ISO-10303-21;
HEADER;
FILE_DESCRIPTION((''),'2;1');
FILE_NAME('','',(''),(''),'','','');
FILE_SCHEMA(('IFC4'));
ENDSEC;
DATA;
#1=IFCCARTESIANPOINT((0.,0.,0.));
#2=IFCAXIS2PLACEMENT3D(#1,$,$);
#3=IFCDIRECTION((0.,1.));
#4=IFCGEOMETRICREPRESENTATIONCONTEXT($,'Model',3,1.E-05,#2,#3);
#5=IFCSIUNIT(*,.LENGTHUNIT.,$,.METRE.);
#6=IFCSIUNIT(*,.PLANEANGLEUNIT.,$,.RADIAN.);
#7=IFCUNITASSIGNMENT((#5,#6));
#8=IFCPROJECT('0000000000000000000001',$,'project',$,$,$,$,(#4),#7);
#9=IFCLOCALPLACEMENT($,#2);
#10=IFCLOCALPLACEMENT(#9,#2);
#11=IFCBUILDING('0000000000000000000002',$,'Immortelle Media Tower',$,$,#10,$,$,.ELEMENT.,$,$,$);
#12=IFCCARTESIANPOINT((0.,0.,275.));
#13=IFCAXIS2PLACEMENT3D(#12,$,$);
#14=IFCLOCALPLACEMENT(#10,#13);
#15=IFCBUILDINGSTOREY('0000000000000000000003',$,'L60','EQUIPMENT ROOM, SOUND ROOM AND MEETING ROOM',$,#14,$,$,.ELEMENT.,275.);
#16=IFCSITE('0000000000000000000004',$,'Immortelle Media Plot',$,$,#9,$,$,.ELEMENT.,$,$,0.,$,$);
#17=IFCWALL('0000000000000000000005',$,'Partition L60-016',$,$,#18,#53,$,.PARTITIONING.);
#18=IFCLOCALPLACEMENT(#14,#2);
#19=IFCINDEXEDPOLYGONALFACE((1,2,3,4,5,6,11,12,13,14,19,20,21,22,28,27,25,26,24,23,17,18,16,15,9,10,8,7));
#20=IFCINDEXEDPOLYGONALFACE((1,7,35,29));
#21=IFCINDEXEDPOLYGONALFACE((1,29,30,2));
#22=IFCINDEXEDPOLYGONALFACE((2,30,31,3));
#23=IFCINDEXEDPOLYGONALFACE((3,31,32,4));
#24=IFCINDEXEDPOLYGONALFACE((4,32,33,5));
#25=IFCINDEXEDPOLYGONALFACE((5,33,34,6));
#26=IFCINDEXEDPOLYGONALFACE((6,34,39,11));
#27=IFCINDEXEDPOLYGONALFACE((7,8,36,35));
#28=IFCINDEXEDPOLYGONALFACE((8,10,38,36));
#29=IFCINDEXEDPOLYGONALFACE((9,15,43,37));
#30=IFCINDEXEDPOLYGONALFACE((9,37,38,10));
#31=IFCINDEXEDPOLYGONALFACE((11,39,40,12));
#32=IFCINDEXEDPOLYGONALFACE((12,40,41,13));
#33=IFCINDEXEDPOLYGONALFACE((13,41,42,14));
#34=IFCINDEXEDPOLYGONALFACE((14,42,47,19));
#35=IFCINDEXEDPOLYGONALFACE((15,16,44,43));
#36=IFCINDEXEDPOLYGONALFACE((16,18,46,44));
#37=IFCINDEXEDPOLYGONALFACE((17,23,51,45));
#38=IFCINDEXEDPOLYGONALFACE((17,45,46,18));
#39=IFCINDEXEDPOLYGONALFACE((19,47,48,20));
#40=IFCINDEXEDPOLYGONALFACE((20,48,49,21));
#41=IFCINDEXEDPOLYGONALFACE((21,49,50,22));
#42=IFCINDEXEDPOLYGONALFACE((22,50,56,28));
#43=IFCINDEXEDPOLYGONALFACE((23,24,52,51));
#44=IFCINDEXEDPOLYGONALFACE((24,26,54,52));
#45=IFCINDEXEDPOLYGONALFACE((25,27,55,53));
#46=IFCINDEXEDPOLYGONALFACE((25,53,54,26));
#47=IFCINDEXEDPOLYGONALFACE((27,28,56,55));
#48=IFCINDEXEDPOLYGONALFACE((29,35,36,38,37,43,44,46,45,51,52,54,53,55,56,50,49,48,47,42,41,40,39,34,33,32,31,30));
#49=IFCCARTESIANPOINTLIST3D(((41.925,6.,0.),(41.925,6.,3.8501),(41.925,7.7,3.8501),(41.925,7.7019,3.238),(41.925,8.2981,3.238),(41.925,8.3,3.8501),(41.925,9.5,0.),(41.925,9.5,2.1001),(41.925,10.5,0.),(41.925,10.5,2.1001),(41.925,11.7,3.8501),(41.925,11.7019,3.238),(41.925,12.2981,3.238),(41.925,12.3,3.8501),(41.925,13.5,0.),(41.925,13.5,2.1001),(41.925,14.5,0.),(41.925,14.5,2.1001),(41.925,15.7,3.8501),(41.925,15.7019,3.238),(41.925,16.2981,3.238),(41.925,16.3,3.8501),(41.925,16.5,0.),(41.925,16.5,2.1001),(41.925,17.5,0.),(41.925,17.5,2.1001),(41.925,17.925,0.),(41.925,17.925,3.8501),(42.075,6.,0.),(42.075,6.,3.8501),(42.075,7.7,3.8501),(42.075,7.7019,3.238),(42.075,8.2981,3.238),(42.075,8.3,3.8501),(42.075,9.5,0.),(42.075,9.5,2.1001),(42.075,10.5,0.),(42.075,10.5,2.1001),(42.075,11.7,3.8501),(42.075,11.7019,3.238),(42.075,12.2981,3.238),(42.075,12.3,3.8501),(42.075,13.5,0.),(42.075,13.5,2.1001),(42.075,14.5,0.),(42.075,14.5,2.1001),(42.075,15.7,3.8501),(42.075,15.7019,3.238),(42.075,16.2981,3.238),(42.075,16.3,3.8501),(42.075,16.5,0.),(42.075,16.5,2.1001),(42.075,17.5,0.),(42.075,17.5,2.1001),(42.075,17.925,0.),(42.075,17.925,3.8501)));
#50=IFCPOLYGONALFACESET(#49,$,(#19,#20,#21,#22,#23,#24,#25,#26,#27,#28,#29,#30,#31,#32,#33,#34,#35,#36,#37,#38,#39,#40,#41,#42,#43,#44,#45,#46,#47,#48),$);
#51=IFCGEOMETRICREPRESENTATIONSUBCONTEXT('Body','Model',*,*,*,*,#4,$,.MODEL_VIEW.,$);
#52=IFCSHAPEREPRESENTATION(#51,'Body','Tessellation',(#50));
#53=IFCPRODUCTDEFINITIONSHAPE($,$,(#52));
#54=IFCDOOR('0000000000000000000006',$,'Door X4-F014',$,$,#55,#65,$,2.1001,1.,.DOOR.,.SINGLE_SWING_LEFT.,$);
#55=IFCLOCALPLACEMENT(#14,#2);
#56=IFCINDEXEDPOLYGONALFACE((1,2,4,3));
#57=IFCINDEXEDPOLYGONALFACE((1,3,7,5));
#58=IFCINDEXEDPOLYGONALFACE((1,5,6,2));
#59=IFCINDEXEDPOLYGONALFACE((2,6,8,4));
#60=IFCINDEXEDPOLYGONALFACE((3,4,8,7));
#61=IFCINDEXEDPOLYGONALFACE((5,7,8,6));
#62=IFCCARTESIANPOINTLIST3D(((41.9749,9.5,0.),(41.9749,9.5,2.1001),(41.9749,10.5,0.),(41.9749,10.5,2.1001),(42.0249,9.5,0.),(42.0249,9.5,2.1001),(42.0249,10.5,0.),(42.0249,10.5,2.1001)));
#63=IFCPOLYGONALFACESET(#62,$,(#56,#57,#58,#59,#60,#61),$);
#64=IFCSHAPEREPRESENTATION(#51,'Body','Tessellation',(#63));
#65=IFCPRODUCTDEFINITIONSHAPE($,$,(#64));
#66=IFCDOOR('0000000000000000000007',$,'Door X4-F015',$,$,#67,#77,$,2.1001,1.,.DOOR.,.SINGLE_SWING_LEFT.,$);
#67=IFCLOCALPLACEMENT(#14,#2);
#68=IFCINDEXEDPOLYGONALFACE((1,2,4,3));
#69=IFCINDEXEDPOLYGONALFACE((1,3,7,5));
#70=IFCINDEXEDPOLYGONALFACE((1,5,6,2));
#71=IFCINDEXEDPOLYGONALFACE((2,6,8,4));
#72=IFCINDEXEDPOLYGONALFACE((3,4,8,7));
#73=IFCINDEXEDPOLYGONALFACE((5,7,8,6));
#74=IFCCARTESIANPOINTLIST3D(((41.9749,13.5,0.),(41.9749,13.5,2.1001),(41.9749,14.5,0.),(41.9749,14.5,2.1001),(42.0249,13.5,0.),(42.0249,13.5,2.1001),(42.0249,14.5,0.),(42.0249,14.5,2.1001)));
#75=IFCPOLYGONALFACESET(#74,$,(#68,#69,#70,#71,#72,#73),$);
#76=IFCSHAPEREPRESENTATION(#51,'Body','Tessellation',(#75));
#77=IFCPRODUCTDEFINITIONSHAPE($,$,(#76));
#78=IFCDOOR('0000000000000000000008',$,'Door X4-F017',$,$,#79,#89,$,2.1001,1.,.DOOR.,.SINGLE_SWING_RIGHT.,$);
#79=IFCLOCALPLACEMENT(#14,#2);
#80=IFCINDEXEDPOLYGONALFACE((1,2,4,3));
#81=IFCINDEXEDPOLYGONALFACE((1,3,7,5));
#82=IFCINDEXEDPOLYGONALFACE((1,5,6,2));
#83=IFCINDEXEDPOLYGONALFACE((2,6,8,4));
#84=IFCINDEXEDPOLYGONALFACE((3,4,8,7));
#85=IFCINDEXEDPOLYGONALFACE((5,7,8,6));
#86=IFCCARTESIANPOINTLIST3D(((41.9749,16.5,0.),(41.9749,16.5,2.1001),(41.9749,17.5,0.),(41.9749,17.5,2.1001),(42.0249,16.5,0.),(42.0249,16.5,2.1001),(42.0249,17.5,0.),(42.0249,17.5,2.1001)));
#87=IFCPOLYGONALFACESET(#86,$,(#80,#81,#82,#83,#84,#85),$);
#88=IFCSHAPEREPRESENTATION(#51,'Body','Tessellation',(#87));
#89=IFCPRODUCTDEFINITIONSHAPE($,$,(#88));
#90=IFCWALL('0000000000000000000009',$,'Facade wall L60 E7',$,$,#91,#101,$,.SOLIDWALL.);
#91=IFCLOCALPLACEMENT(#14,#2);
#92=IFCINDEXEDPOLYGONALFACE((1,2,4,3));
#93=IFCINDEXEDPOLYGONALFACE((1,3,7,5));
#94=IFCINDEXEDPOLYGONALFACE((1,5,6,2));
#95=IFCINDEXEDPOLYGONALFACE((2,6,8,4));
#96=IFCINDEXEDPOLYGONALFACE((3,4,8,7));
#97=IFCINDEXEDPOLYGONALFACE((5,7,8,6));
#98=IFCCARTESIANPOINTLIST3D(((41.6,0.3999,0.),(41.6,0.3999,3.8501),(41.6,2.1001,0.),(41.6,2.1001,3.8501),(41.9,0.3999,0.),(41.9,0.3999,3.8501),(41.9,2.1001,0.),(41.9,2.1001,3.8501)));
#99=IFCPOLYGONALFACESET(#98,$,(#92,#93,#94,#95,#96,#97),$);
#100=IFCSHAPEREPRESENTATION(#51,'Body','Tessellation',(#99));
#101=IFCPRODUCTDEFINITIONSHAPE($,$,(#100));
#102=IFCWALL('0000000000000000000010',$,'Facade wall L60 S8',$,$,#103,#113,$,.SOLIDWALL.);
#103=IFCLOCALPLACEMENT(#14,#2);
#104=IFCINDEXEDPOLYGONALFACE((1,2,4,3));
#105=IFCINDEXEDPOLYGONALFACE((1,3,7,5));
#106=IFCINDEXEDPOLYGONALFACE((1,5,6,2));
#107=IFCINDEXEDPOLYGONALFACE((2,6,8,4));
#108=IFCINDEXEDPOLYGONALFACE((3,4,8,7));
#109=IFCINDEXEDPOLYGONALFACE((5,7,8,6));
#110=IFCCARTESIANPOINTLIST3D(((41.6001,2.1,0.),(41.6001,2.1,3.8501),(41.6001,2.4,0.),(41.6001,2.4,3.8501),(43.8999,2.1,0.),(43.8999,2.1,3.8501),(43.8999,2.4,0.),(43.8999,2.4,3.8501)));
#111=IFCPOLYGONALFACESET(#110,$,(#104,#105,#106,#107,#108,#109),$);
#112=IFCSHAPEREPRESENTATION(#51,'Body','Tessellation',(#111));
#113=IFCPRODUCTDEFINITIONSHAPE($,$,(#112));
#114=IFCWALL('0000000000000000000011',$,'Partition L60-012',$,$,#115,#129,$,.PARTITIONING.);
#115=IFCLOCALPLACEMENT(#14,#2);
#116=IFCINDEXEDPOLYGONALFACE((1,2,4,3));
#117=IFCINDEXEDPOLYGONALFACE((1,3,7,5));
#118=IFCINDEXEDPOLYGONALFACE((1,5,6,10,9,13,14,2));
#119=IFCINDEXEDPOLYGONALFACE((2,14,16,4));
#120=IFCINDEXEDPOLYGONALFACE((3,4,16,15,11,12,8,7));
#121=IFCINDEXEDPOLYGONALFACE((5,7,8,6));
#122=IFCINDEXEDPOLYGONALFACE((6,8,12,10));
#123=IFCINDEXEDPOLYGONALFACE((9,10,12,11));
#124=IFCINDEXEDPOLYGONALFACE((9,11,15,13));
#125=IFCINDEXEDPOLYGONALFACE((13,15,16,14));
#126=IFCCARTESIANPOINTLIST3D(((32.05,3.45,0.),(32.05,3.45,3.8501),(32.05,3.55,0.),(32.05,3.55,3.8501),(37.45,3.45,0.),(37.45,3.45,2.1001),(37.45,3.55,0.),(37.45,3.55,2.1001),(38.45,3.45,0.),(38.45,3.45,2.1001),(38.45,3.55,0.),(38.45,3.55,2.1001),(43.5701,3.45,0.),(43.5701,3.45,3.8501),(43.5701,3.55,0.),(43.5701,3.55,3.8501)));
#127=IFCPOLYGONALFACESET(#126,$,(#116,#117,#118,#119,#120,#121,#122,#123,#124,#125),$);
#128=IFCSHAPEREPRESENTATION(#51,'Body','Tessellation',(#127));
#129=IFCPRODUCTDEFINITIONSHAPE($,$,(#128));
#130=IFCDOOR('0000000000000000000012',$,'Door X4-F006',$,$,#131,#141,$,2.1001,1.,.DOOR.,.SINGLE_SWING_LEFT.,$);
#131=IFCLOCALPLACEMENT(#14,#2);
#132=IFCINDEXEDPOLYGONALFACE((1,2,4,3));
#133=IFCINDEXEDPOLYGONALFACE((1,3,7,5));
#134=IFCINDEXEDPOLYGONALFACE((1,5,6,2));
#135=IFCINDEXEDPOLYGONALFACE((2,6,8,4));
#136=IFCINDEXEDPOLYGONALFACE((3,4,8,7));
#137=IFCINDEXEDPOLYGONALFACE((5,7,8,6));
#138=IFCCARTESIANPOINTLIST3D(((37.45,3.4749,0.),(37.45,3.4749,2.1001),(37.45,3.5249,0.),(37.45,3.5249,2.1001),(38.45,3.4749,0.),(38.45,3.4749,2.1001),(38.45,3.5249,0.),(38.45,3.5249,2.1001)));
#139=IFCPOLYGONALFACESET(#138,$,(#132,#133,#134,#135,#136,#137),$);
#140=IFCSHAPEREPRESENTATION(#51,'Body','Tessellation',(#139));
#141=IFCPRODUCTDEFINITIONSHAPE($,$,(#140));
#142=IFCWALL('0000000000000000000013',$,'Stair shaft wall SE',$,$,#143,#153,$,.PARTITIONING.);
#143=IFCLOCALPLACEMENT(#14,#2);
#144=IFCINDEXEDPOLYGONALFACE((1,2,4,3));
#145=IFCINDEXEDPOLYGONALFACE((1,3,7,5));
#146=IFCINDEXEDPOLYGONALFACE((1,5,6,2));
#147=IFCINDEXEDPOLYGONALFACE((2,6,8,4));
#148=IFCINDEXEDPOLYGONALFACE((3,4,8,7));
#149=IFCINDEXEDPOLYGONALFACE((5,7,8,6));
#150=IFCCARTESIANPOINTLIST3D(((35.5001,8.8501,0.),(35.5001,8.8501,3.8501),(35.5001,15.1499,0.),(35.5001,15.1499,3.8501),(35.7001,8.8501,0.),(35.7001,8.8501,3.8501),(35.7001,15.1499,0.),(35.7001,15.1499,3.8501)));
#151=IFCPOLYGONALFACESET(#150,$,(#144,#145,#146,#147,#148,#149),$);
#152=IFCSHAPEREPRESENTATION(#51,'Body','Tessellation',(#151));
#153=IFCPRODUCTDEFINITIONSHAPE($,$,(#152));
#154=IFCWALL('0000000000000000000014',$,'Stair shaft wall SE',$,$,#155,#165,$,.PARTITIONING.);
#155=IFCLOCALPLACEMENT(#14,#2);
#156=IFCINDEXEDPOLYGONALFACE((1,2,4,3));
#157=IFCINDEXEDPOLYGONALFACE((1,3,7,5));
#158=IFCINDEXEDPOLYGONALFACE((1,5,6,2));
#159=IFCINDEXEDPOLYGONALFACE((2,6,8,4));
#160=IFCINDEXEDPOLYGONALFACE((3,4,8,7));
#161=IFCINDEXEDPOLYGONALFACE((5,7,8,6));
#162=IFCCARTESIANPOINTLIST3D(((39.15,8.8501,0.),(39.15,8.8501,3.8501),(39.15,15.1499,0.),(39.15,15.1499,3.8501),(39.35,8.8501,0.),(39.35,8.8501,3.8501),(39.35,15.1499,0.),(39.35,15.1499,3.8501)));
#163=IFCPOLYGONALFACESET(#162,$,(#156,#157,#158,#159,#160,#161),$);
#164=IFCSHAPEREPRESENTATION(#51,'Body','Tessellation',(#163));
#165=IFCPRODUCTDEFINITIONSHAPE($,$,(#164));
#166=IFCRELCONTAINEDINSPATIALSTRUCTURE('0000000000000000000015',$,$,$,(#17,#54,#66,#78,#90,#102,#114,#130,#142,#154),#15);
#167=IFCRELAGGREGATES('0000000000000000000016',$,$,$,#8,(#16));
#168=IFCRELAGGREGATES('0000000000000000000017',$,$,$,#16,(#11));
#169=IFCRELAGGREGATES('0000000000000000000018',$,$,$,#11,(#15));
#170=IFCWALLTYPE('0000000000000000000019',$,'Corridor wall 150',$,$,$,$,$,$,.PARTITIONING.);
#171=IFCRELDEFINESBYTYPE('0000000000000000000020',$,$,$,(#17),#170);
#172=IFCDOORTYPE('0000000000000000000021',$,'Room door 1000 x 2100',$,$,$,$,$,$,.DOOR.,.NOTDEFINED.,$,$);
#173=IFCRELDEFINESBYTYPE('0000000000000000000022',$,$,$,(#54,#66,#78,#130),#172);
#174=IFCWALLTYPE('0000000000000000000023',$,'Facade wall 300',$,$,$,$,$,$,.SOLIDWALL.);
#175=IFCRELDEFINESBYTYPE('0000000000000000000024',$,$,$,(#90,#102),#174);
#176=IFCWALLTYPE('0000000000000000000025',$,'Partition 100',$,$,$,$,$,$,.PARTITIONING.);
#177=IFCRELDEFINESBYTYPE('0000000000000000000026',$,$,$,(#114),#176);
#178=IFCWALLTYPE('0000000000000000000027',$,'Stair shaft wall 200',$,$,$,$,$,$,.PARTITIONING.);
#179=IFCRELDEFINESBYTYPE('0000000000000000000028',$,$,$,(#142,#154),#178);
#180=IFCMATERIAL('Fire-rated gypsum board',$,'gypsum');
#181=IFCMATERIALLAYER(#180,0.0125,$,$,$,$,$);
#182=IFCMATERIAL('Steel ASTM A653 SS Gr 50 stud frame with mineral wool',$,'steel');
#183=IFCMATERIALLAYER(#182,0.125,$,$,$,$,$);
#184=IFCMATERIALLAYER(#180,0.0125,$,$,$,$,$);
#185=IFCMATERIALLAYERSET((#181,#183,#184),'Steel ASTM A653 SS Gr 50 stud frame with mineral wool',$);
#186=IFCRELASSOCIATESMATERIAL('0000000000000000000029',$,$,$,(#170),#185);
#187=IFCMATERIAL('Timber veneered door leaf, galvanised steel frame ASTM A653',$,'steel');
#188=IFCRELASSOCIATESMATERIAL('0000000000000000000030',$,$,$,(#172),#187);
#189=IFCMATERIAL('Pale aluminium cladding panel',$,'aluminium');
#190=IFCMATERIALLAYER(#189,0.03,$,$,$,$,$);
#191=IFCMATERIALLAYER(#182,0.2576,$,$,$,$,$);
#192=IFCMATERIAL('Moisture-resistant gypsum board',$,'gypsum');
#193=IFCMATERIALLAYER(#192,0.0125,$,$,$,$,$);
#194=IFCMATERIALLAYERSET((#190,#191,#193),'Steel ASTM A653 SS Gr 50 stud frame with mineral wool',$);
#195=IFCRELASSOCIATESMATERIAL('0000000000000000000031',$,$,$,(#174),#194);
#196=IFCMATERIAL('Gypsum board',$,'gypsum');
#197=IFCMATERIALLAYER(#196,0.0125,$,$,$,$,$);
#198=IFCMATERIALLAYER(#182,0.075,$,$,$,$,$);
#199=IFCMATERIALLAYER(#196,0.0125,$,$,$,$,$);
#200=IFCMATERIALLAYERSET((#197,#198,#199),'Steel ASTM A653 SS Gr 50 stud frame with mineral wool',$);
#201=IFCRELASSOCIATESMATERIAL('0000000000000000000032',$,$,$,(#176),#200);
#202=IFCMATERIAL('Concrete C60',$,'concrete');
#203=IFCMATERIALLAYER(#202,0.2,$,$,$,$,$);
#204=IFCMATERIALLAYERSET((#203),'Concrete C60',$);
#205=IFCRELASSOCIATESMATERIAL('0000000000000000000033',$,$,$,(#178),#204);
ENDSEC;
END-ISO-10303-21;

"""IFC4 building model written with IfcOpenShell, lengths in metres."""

from ifc_helpers import new_model, si_unit, direction, frame, frame_2d, origin, place, context, subcontext, project, spatial, polyline, rectangle, outline, extrude, material, layer, layer_set, type_object, element, fill, save


model = new_model("IFC4")

# Units and contexts
model_context = context("Model", 3, precision=1e-05, world=origin(), true_north=direction((0.0, 1.0)))
body_context = subcontext(model_context, "Body", "Model", "MODEL_VIEW")
ifc_project = project(units=[si_unit("LENGTHUNIT", "METRE"), si_unit("PLANEANGLEUNIT", "RADIAN")], contexts=[model_context])

# Site, building, storey
site_placement = place(None, origin())
site = spatial("IfcSite", under=ifc_project, at=site_placement, Name="Immortelle Media Plot", CompositionType="ELEMENT", RefElevation=0.0)
building_placement = place(site_placement, origin())
building = spatial("IfcBuilding", under=site, at=building_placement, Name="Immortelle Media Tower", CompositionType="ELEMENT")
storey_placement = place(building_placement, frame((0.0, 0.0, 275.0)))
storey = spatial("IfcBuildingStorey", under=building, at=storey_placement, Name="L60", Description="EQUIPMENT ROOM, SOUND ROOM AND MEETING ROOM", CompositionType="ELEMENT", Elevation=275.0)

# Wall, openings, doors
ifc_material_1 = material(Name="Fire-rated gypsum board", Category="gypsum")
ifc_layer_1 = layer(ifc_material_1, 0.0125)
ifc_material_2 = material(Name="Steel ASTM A653 SS Gr 50 stud frame with mineral wool", Category="steel")
ifc_layer_2 = layer(ifc_material_2, 0.125)
ifc_layer_3 = layer(ifc_material_1, 0.0125)
ifc_layer_set_1 = layer_set([ifc_layer_1, ifc_layer_2, ifc_layer_3], Name="Steel ASTM A653 SS Gr 50 stud frame with mineral wool")
wall_type_1 = type_object("IfcWallType", Name="Corridor wall 150", PredefinedType="PARTITIONING", material=ifc_layer_set_1)
wall_1_placement = place(storey_placement, frame((42.0, 6.0, 0.0), z_axis=(0.0, 0.0, 1.0), x_axis=(0.0, 1.0, 0.0)))
wall_1 = element("IfcWall", 1, at=wall_1_placement, inside=storey, type_object=wall_type_1, Name="Partition L60-016", PredefinedType="PARTITIONING", context=body_context, shape_type="SweptSolid", body=[
    extrude(outline(polyline([(0.0, 0.0), (11.925, 0.0), (11.925, 3.8501), (10.3, 3.8501), (10.2981, 3.238), (9.7019, 3.238), (9.7, 3.8501), (6.3, 3.8501), (6.2981, 3.238), (5.7019, 3.238), (5.7, 3.8501), (2.3, 3.8501), (2.2981, 3.238), (1.7019, 3.238), (1.7, 3.8501), (0.0, 3.8501), (0.0, 0.0)])), frame((0.0, 0.075, 0.0), z_axis=(0.0, -1.0, 0.0), x_axis=(1.0, 0.0, 0.0)), (0.0, 0.0, 1.0), 0.1499),
])
opening_1_placement = place(wall_1_placement, frame((4.5, 0.0, 0.0), z_axis=(0.0, 0.0, 1.0), x_axis=(-1.0, 0.0, 0.0)))
opening_1 = element("IfcOpeningElement", 2, at=opening_1_placement, cuts=wall_1, PredefinedType="OPENING", context=body_context, shape_type="SweptSolid", body=[
    extrude(rectangle(XDim=1.0, YDim=2.1001, at=frame_2d((0.5, 1.05))), frame((0.0, 0.085, 0.0), z_axis=(0.0, -1.0, 0.0), x_axis=(1.0, 0.0, 0.0)), (0.0, 0.0, 1.0), 0.1699),
])
opening_2_placement = place(wall_1_placement, frame((8.5, 0.0, 0.0), z_axis=(0.0, 0.0, 1.0), x_axis=(-1.0, 0.0, 0.0)))
opening_2 = element("IfcOpeningElement", 3, at=opening_2_placement, cuts=wall_1, PredefinedType="OPENING", context=body_context, shape_type="SweptSolid", body=[
    extrude(rectangle(XDim=1.0, YDim=2.1001, at=frame_2d((0.5, 1.05))), frame((0.0, 0.085, 0.0), z_axis=(0.0, -1.0, 0.0), x_axis=(1.0, 0.0, 0.0)), (0.0, 0.0, 1.0), 0.1699),
])
opening_3_placement = place(wall_1_placement, frame((11.5, 0.0, 0.0), z_axis=(0.0, 0.0, 1.0), x_axis=(-1.0, 0.0, 0.0)))
opening_3 = element("IfcOpeningElement", 4, at=opening_3_placement, cuts=wall_1, PredefinedType="OPENING", context=body_context, shape_type="SweptSolid", body=[
    extrude(rectangle(XDim=1.0, YDim=2.1001, at=frame_2d((0.5, 1.05))), frame((0.0, 0.085, 0.0), z_axis=(0.0, -1.0, 0.0), x_axis=(1.0, 0.0, 0.0)), (0.0, 0.0, 1.0), 0.1699),
])
ifc_material_3 = material(Name="Timber veneered door leaf, galvanised steel frame ASTM A653", Category="steel")
door_type = type_object("IfcDoorType", Name="Room door 1000 x 2100", OperationType="NOTDEFINED", PredefinedType="DOOR", material=ifc_material_3)
door_1_placement = place(opening_1_placement, origin())
door_1 = element("IfcDoor", 5, at=door_1_placement, inside=storey, type_object=door_type, Name="Door X4-F014", OperationType="SINGLE_SWING_LEFT", OverallHeight=2.1001, OverallWidth=1.0, PredefinedType="DOOR", context=body_context, shape_type="SweptSolid", body=[
    extrude(rectangle(XDim=1.0, YDim=2.1001, at=frame_2d((0.5, 1.05))), frame((0.0, 0.0249, 0.0), z_axis=(0.0, -1.0, 0.0), x_axis=(1.0, 0.0, 0.0)), (0.0, 0.0, 1.0), 0.05),
])
fill(opening_1, door_1)
door_2_placement = place(opening_2_placement, origin())
door_2 = element("IfcDoor", 6, at=door_2_placement, inside=storey, type_object=door_type, Name="Door X4-F015", OperationType="SINGLE_SWING_LEFT", OverallHeight=2.1001, OverallWidth=1.0, PredefinedType="DOOR", context=body_context, shape_type="SweptSolid", body=[
    extrude(rectangle(XDim=1.0, YDim=2.1001, at=frame_2d((0.5, 1.05))), frame((0.0, 0.0249, 0.0), z_axis=(0.0, -1.0, 0.0), x_axis=(1.0, 0.0, 0.0)), (0.0, 0.0, 1.0), 0.05),
])
fill(opening_2, door_2)
door_3_placement = place(opening_3_placement, origin())
door_3 = element("IfcDoor", 7, at=door_3_placement, inside=storey, type_object=door_type, Name="Door X4-F017", OperationType="SINGLE_SWING_RIGHT", OverallHeight=2.1001, OverallWidth=1.0, PredefinedType="DOOR", context=body_context, shape_type="SweptSolid", body=[
    extrude(rectangle(XDim=1.0, YDim=2.1001, at=frame_2d((0.5, 1.05))), frame((0.0, 0.0249, 0.0), z_axis=(0.0, -1.0, 0.0), x_axis=(1.0, 0.0, 0.0)), (0.0, 0.0, 1.0), 0.05),
])
fill(opening_3, door_3)

# Walls
ifc_material_4 = material(Name="Pale aluminium cladding panel", Category="aluminium")
ifc_layer_4 = layer(ifc_material_4, 0.03)
ifc_layer_5 = layer(ifc_material_2, 0.2576)
ifc_material_5 = material(Name="Moisture-resistant gypsum board", Category="gypsum")
ifc_layer_6 = layer(ifc_material_5, 0.0125)
ifc_layer_set_2 = layer_set([ifc_layer_4, ifc_layer_5, ifc_layer_6], Name="Steel ASTM A653 SS Gr 50 stud frame with mineral wool")
wall_type_2 = type_object("IfcWallType", Name="Facade wall 300", PredefinedType="SOLIDWALL", material=ifc_layer_set_2)
wall_2_placement = place(storey_placement, frame((41.75, 0.3999, 0.0), z_axis=(0.0, 0.0, 1.0), x_axis=(0.0, 1.0, 0.0)))
element("IfcWall", 8, at=wall_2_placement, inside=storey, type_object=wall_type_2, Name="Facade wall L60 E7", PredefinedType="SOLIDWALL", context=body_context, shape_type="SweptSolid", body=[
    extrude(rectangle(XDim=1.7002, YDim=0.3, at=frame_2d((0.8501, 0.0))), origin(), (0.0, 0.0, 1.0), 3.8501),
])
wall_3_placement = place(storey_placement, frame((41.6001, 2.25, 0.0), z_axis=(0.0, 0.0, 1.0), x_axis=(1.0, 0.0, 0.0)))
element("IfcWall", 9, at=wall_3_placement, inside=storey, type_object=wall_type_2, Name="Facade wall L60 S8", PredefinedType="SOLIDWALL", context=body_context, shape_type="SweptSolid", body=[
    extrude(rectangle(XDim=2.2998, YDim=0.3, at=frame_2d((1.1499, 0.0))), origin(), (0.0, 0.0, 1.0), 3.8501),
])

# Wall, opening, door
ifc_material_6 = material(Name="Gypsum board", Category="gypsum")
ifc_layer_7 = layer(ifc_material_6, 0.0125)
ifc_layer_8 = layer(ifc_material_2, 0.075)
ifc_layer_9 = layer(ifc_material_6, 0.0125)
ifc_layer_set_3 = layer_set([ifc_layer_7, ifc_layer_8, ifc_layer_9], Name="Steel ASTM A653 SS Gr 50 stud frame with mineral wool")
wall_type_3 = type_object("IfcWallType", Name="Partition 100", PredefinedType="PARTITIONING", material=ifc_layer_set_3)
wall_4_placement = place(storey_placement, frame((32.05, 3.5, 0.0), z_axis=(0.0, 0.0, 1.0), x_axis=(1.0, 0.0, 0.0)))
wall_4 = element("IfcWall", 10, at=wall_4_placement, inside=storey, type_object=wall_type_3, Name="Partition L60-012", PredefinedType="PARTITIONING", context=body_context, shape_type="SweptSolid", body=[
    extrude(rectangle(XDim=11.52, YDim=0.1001, at=frame_2d((5.76, 0.0))), origin(), (0.0, 0.0, 1.0), 3.8501),
])
opening_4_placement = place(wall_4_placement, frame((5.3999, 0.0, 0.0)))
opening_4 = element("IfcOpeningElement", 11, at=opening_4_placement, cuts=wall_4, PredefinedType="OPENING", context=body_context, shape_type="SweptSolid", body=[
    extrude(rectangle(XDim=1.0, YDim=2.1001, at=frame_2d((0.5, 1.05))), frame((0.0, 0.0601, 0.0), z_axis=(0.0, -1.0, 0.0), x_axis=(1.0, 0.0, 0.0)), (0.0, 0.0, 1.0), 0.1201),
])
door_4_placement = place(opening_4_placement, origin())
door_4 = element("IfcDoor", 12, at=door_4_placement, inside=storey, type_object=door_type, Name="Door X4-F006", OperationType="SINGLE_SWING_LEFT", OverallHeight=2.1001, OverallWidth=1.0, PredefinedType="DOOR", context=body_context, shape_type="SweptSolid", body=[
    extrude(rectangle(XDim=1.0, YDim=2.1001, at=frame_2d((0.5, 1.05))), frame((0.0, 0.0249, 0.0), z_axis=(0.0, -1.0, 0.0), x_axis=(1.0, 0.0, 0.0)), (0.0, 0.0, 1.0), 0.05),
])
fill(opening_4, door_4)

# Walls
ifc_material_7 = material(Name="Concrete C60", Category="concrete")
ifc_layer_10 = layer(ifc_material_7, 0.2)
ifc_layer_set_4 = layer_set([ifc_layer_10], Name="Concrete C60")
wall_type_4 = type_object("IfcWallType", Name="Stair shaft wall 200", PredefinedType="PARTITIONING", material=ifc_layer_set_4)
for number, where, z_axis, x_axis, name in (
    (13, (35.6001, 8.8501, 0.0), (0.0, 0.0, 1.0), (0.0, 1.0, 0.0), "Stair shaft wall SE"),
    (14, (39.25, 8.8501, 0.0), (0.0, 0.0, 1.0), (0.0, 1.0, 0.0), "Stair shaft wall SE"),
):
    element("IfcWall", number, at=place(storey_placement, frame(where, z_axis=z_axis, x_axis=x_axis)), inside=storey, type_object=wall_type_4, Name=name, PredefinedType="PARTITIONING", context=body_context, shape_type="SweptSolid", body=[
        extrude(rectangle(XDim=6.2998, YDim=0.2, at=frame_2d((3.1499, 0.0))), origin(), (0.0, 0.0, 1.0), 3.8501),
    ])

save(model, "model.ifc")
